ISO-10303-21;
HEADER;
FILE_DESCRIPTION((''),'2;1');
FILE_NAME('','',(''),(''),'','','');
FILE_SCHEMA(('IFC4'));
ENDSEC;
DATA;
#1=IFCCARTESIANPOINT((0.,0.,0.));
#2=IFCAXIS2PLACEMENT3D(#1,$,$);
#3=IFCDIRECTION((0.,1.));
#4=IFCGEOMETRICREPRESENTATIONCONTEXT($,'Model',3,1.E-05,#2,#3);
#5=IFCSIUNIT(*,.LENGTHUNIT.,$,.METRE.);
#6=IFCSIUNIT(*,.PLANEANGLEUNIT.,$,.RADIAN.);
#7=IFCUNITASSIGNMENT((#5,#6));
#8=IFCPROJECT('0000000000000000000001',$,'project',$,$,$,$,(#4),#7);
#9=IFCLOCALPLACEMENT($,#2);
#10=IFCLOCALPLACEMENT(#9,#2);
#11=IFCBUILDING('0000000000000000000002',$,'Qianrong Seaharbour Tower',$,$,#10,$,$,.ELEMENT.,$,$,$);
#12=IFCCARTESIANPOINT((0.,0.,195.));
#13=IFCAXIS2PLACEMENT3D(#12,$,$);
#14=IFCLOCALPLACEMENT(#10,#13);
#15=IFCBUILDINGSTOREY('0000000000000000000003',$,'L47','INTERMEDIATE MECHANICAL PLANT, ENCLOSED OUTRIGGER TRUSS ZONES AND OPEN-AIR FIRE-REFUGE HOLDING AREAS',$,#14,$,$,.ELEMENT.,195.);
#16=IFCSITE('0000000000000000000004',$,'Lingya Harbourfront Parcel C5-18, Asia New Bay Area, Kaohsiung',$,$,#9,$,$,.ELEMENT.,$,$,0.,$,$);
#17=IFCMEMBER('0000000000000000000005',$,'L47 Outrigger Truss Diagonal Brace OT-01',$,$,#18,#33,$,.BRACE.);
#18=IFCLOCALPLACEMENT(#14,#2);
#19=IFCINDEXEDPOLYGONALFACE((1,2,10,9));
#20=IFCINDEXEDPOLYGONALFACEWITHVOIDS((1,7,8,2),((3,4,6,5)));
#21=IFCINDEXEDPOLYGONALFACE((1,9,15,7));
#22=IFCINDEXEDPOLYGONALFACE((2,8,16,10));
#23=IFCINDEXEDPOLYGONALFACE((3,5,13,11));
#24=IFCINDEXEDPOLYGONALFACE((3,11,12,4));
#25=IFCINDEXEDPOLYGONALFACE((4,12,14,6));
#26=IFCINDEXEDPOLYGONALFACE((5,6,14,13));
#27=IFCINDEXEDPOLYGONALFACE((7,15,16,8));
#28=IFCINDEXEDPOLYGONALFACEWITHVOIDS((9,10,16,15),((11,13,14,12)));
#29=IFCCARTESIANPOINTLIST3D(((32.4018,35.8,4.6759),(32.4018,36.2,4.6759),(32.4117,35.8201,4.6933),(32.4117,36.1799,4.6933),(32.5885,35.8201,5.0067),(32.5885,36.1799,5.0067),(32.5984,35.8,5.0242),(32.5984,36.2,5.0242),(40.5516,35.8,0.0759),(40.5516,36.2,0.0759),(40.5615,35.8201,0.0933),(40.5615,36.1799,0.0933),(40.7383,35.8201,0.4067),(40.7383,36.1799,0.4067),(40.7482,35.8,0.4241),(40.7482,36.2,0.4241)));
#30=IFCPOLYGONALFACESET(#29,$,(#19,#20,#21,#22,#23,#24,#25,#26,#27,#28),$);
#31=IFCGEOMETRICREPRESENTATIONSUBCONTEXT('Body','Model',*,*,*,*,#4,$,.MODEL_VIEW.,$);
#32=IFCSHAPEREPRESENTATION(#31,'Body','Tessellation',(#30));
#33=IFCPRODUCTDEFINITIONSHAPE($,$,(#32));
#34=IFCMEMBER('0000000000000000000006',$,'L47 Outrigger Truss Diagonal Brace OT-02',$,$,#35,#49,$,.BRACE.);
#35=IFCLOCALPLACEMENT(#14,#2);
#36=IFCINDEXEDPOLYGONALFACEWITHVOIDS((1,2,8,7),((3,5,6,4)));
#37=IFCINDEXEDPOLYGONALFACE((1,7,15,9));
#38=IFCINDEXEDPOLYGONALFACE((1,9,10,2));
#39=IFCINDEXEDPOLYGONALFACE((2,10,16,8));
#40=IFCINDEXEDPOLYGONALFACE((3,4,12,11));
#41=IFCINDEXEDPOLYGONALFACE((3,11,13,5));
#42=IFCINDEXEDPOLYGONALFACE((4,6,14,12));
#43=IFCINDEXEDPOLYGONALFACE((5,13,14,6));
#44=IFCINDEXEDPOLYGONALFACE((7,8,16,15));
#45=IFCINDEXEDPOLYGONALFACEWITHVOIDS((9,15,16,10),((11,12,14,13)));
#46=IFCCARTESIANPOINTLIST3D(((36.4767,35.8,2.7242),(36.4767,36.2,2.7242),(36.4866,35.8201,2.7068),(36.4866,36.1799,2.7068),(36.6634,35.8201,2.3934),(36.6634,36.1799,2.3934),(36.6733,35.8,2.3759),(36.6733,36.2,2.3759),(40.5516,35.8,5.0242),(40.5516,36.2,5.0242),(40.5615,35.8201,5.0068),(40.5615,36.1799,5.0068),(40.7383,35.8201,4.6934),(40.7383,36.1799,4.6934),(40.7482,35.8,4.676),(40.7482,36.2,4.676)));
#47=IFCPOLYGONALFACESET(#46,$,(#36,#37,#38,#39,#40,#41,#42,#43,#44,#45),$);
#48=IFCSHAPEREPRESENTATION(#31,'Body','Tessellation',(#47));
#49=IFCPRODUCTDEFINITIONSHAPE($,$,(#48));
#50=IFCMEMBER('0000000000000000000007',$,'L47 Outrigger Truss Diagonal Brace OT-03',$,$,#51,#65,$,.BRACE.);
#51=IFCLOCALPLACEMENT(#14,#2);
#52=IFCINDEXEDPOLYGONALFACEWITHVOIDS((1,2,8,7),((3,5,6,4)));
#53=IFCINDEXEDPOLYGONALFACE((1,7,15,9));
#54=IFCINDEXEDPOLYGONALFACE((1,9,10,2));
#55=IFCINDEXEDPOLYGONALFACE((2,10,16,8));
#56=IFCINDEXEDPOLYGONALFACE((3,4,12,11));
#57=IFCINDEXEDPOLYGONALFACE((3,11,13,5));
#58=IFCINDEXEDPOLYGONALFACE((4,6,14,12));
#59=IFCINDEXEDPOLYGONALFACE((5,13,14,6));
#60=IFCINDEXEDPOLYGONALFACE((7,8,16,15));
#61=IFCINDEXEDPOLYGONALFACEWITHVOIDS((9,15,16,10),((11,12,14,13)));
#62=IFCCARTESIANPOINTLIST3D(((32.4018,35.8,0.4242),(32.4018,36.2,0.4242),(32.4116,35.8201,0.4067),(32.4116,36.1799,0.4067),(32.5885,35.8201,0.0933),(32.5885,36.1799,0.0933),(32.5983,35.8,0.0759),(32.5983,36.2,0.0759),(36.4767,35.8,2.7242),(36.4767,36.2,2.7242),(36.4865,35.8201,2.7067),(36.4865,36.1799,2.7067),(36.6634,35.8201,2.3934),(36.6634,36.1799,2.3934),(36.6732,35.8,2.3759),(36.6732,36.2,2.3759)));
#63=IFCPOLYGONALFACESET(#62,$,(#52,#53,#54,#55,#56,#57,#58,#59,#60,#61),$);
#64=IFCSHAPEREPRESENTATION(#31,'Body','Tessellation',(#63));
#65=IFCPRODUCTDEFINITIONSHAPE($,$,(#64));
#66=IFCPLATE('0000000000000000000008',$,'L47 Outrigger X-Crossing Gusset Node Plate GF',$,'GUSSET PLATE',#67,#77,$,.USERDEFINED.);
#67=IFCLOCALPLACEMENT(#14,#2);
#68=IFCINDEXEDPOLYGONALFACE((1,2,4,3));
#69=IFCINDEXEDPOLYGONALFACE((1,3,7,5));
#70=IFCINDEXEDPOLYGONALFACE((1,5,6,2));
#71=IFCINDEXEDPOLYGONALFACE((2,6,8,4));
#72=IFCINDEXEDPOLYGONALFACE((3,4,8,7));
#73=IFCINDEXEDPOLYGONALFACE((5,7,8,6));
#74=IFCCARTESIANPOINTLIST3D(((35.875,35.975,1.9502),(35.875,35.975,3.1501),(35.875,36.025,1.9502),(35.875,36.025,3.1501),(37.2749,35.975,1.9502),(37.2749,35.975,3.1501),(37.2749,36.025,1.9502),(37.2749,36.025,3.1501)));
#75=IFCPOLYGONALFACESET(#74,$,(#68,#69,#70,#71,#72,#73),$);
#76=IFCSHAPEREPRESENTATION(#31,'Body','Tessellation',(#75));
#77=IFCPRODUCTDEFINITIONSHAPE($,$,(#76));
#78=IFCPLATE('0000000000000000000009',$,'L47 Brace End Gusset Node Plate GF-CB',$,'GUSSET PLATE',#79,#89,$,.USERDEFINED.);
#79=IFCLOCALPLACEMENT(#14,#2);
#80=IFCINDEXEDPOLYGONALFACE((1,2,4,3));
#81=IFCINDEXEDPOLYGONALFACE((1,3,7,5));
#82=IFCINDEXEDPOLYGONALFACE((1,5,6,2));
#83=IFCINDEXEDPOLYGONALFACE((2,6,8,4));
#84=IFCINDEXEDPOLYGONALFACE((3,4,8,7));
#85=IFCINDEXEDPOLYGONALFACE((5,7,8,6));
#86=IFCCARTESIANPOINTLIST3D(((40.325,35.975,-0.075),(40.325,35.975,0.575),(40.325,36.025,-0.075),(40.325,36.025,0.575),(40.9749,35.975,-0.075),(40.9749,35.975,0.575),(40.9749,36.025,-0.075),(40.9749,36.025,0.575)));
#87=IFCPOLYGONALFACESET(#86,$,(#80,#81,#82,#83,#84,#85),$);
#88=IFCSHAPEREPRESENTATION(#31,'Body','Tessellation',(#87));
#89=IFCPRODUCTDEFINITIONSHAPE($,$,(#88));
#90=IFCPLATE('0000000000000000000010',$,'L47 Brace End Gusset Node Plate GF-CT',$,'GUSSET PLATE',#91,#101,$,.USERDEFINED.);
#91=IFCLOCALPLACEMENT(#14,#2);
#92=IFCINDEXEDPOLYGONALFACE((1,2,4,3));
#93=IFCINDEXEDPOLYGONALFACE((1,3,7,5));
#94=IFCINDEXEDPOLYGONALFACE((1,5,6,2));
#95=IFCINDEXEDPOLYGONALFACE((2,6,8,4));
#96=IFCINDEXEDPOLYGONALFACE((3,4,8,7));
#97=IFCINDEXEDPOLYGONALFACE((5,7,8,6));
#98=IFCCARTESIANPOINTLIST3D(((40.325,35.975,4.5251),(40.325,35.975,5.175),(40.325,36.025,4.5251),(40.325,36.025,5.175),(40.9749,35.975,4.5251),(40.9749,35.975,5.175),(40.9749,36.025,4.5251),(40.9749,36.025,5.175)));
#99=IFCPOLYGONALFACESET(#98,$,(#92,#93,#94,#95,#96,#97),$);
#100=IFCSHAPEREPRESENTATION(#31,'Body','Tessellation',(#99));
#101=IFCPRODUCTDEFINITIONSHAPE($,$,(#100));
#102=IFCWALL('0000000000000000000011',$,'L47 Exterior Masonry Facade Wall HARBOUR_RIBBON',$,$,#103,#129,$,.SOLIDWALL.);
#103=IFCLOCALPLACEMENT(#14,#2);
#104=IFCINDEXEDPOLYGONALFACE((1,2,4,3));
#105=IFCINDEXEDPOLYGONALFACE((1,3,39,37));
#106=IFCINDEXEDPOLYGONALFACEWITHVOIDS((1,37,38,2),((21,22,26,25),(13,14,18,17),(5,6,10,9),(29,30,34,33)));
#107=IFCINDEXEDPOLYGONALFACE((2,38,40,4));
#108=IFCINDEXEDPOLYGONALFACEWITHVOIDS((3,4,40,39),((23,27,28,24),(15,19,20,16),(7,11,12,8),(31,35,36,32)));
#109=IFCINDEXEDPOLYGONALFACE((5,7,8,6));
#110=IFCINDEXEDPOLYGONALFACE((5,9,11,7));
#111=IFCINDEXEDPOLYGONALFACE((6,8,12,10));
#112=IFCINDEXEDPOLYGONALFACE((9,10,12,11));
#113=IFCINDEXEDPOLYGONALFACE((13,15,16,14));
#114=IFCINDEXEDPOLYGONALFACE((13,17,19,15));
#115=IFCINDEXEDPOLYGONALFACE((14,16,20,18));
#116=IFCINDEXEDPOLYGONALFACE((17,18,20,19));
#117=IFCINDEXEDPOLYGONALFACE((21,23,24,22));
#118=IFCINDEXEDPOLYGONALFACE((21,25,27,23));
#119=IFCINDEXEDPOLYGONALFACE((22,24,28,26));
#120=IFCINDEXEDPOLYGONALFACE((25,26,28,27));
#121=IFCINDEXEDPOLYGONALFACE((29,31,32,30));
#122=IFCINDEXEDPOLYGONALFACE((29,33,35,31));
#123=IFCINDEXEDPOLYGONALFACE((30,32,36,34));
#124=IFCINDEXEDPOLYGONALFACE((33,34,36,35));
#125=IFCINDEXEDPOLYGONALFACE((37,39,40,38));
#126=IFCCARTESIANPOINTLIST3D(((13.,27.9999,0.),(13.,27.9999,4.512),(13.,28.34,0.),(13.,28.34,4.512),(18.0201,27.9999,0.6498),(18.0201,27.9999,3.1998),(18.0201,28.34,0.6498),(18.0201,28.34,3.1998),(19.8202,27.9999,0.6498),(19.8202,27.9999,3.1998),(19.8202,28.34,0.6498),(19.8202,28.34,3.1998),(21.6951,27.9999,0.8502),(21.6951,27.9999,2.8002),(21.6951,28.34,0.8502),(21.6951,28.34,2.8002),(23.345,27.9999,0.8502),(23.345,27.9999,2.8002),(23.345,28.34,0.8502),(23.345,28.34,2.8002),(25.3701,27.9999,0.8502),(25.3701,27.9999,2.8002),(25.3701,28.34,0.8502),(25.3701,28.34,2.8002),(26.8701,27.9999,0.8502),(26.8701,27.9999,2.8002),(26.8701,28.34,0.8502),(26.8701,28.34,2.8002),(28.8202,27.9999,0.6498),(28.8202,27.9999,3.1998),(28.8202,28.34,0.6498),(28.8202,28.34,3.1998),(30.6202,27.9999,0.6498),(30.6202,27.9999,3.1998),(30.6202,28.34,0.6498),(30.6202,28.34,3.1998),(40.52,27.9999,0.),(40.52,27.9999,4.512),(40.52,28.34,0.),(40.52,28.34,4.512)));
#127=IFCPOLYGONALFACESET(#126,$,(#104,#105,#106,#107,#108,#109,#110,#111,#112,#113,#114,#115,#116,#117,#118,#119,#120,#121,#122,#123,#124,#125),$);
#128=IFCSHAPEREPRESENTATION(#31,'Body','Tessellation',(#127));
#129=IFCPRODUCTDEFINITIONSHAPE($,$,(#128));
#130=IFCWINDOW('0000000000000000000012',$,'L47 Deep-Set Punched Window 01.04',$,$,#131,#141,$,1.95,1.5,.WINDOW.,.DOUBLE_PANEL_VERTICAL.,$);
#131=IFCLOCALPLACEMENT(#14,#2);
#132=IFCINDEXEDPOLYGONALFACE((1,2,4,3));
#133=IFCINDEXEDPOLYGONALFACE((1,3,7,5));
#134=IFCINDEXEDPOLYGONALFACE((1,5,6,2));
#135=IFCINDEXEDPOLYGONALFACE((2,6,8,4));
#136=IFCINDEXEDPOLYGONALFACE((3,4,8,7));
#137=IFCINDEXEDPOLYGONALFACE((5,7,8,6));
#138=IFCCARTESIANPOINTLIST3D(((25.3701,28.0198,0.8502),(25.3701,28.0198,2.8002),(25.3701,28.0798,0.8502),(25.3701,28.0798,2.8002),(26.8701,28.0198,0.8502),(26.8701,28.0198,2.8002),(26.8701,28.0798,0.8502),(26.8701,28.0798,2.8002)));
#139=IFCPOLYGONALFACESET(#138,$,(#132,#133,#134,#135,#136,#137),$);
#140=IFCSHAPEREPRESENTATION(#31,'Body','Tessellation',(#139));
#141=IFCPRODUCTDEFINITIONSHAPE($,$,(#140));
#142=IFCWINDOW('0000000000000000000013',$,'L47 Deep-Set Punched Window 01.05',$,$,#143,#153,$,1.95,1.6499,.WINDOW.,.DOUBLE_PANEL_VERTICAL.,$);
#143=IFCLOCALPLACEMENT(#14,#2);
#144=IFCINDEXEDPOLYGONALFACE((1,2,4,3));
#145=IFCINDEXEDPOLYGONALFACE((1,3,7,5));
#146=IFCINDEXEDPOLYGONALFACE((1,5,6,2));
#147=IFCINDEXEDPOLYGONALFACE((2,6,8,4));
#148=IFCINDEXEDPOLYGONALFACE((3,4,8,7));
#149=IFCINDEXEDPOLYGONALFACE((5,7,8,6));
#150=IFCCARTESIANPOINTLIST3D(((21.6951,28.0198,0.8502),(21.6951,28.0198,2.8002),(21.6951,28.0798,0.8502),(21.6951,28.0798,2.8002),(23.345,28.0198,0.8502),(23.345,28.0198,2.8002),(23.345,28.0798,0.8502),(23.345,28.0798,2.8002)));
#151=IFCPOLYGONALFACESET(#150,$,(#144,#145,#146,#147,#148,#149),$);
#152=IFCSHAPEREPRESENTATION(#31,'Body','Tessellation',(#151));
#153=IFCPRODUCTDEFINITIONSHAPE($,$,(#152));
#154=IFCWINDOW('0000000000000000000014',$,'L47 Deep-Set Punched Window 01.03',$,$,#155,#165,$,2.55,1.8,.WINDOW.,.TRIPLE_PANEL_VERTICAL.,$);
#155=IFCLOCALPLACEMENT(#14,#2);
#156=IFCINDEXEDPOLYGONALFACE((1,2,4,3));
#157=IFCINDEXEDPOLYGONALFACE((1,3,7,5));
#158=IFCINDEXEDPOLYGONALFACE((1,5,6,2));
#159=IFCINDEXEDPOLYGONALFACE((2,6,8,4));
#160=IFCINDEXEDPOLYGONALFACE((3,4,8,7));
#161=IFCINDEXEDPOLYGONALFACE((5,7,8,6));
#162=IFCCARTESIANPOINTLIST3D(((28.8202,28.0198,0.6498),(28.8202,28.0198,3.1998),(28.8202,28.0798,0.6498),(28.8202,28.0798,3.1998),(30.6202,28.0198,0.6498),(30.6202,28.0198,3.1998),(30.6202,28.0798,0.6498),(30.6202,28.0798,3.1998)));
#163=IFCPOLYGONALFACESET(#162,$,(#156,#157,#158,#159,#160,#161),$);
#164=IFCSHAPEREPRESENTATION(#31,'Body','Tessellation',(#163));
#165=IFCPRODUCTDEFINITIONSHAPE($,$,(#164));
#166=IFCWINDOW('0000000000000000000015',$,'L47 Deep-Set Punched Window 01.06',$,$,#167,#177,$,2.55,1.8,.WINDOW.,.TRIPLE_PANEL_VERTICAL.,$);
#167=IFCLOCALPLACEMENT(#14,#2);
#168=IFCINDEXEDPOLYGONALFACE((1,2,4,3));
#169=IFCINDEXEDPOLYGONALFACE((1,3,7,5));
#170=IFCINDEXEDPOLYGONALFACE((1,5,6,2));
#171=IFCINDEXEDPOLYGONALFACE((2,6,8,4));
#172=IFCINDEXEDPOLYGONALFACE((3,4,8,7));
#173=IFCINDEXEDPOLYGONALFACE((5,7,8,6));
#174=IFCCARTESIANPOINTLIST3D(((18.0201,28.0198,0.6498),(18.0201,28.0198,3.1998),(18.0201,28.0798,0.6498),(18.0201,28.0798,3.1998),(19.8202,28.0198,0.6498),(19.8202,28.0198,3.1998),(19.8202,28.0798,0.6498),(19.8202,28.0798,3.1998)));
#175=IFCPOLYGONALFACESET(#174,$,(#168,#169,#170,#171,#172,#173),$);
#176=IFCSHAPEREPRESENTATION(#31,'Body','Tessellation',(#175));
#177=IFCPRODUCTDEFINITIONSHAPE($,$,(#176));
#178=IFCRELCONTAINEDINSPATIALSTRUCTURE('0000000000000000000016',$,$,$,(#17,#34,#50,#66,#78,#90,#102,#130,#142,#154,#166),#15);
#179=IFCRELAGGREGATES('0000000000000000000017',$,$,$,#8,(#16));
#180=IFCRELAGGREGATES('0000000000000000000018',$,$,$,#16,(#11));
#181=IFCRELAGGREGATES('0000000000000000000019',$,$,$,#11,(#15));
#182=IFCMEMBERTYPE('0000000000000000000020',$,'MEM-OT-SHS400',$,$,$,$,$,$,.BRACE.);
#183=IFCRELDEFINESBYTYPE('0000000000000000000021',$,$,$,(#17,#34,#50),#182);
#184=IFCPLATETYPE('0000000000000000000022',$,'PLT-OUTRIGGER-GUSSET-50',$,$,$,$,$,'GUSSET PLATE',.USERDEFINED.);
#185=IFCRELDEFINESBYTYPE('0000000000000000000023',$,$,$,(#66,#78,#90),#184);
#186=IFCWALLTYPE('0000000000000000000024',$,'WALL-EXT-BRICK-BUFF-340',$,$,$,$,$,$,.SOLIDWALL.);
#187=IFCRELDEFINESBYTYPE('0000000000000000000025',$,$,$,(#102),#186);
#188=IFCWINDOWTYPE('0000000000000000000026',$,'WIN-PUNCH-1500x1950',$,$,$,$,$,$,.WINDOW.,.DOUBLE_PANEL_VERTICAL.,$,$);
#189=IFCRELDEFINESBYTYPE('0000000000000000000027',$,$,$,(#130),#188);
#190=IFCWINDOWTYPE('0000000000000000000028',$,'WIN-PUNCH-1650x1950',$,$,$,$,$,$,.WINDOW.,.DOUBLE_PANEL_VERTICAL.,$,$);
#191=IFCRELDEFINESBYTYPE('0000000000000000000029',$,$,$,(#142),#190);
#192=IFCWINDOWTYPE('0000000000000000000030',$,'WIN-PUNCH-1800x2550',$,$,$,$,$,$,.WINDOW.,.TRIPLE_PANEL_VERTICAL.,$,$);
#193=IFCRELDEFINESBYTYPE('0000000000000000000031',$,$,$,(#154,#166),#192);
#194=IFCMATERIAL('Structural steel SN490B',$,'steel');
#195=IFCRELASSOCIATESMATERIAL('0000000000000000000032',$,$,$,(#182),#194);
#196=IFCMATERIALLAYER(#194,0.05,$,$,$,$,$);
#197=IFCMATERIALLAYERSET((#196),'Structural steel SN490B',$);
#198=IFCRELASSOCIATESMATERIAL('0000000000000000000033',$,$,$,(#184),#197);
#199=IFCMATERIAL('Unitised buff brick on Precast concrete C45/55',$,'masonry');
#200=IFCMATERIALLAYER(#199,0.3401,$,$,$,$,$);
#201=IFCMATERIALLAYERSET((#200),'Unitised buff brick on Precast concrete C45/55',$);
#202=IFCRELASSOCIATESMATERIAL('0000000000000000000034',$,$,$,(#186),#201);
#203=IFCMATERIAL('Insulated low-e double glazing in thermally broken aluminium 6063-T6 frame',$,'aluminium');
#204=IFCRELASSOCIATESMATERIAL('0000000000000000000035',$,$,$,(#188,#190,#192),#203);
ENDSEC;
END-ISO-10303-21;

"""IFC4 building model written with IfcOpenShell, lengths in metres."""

from ifc_helpers import new_model, si_unit, direction, frame, frame_2d, origin, origin_2d, place, context, subcontext, project, spatial, rectangle, hollow_rectangle, extrude, material, layer, layer_set, material_profile, profile_set, type_object, element, fill, save


model = new_model("IFC4")

# Units and contexts
model_context = context("Model", 3, precision=1e-05, world=origin(), true_north=direction((0.0, 1.0)))
body_context = subcontext(model_context, "Body", "Model", "MODEL_VIEW")
ifc_project = project(units=[si_unit("LENGTHUNIT", "METRE"), si_unit("PLANEANGLEUNIT", "RADIAN")], contexts=[model_context])

# Site, building, storey
site_placement = place(None, origin())
site = spatial("IfcSite", under=ifc_project, at=site_placement, Name="Lingya Harbourfront Parcel C5-18, Asia New Bay Area, Kaohsiung", CompositionType="ELEMENT", RefElevation=0.0)
building_placement = place(site_placement, origin())
building = spatial("IfcBuilding", under=site, at=building_placement, Name="Qianrong Seaharbour Tower", CompositionType="ELEMENT")
storey_placement = place(building_placement, frame((0.0, 0.0, 195.0)))
storey = spatial("IfcBuildingStorey", under=building, at=storey_placement, Name="L47", Description="INTERMEDIATE MECHANICAL PLANT, ENCLOSED OUTRIGGER TRUSS ZONES AND OPEN-AIR FIRE-REFUGE HOLDING AREAS", CompositionType="ELEMENT", Elevation=195.0)

# Shared definitions
ifc_material_1 = material(Name="Structural steel SN490B", Category="steel")

# Members
ifc_material_profile_1 = material_profile(ifc_material_1, hollow_rectangle(XDim=0.3999, YDim=0.3999, WallThickness=0.02, at=origin_2d()), Name="SHS400x400x20")
ifc_profile_set_1 = profile_set([ifc_material_profile_1], Name="Structural steel SN490B")
member_type = type_object("IfcMemberType", Name="MEM-OT-SHS400", PredefinedType="BRACE", material=ifc_profile_set_1)
member_placement = place(storey_placement, frame((40.6499, 36.0, 0.25), z_axis=(-0.870854, 0.0, 0.491541), x_axis=(0.0, -1.0, 0.0)))
element("IfcMember", 1, at=member_placement, inside=storey, type_object=member_type, Name="L47 Outrigger Truss Diagonal Brace OT-01", PredefinedType="BRACE", context=body_context, shape_type="SweptSolid", body=[
    extrude(hollow_rectangle(XDim=0.3999, YDim=0.3999, WallThickness=0.02, at=origin_2d()), origin(), (0.0, 0.0, 1.0), 9.3584),
])
for number, where, z_axis, x_axis, name in (
    (2, (40.6499, 36.0, 4.8501), (-0.870854, 0.0, -0.491541), (0.0, -1.0, 0.0), "L47 Outrigger Truss Diagonal Brace OT-02"),
    (3, (36.575, 36.0, 2.55), (-0.870854, 0.0, -0.491541), (0.0, -1.0, 0.0), "L47 Outrigger Truss Diagonal Brace OT-03"),
):
    element("IfcMember", number, at=place(storey_placement, frame(where, z_axis=z_axis, x_axis=x_axis)), inside=storey, type_object=member_type, Name=name, PredefinedType="BRACE", context=body_context, shape_type="SweptSolid", body=[
        extrude(hollow_rectangle(XDim=0.3999, YDim=0.3999, WallThickness=0.02, at=origin_2d()), origin(), (0.0, 0.0, 1.0), 4.6792),
    ])

# Plates
ifc_layer_1 = layer(ifc_material_1, 0.05)
ifc_layer_set_1 = layer_set([ifc_layer_1], Name="Structural steel SN490B")
plate_type = type_object("IfcPlateType", Name="PLT-OUTRIGGER-GUSSET-50", ElementType="GUSSET PLATE", PredefinedType="USERDEFINED", material=ifc_layer_set_1)
plate_placement = place(storey_placement, frame((36.575, 36.0, 1.9502), z_axis=(0.0, 0.0, 1.0), x_axis=(1.0, 0.0, 0.0)))
element("IfcPlate", 4, at=plate_placement, inside=storey, type_object=plate_type, Name="L47 Outrigger X-Crossing Gusset Node Plate GF", ObjectType="GUSSET PLATE", PredefinedType="USERDEFINED", context=body_context, shape_type="SweptSolid", body=[
    extrude(rectangle(XDim=1.3999, YDim=0.05, at=origin_2d()), origin(), (0.0, 0.0, 1.0), 1.2),
])
for number, where, z_axis, x_axis, name in (
    (5, (40.6499, 36.0, -0.075), (0.0, 0.0, 1.0), (1.0, 0.0, 0.0), "L47 Brace End Gusset Node Plate GF-CB"),
    (6, (40.6499, 36.0, 4.5251), (0.0, 0.0, 1.0), (1.0, 0.0, 0.0), "L47 Brace End Gusset Node Plate GF-CT"),
):
    element("IfcPlate", number, at=place(storey_placement, frame(where, z_axis=z_axis, x_axis=x_axis)), inside=storey, type_object=plate_type, Name=name, ObjectType="GUSSET PLATE", PredefinedType="USERDEFINED", context=body_context, shape_type="SweptSolid", body=[
        extrude(rectangle(XDim=0.6499, YDim=0.05, at=origin_2d()), origin(), (0.0, 0.0, 1.0), 0.6499),
    ])

# Wall, openings, windows
ifc_material_2 = material(Name="Unitised buff brick on Precast concrete C45/55", Category="masonry")
ifc_layer_2 = layer(ifc_material_2, 0.3401)
ifc_layer_set_2 = layer_set([ifc_layer_2], Name="Unitised buff brick on Precast concrete C45/55")
wall_type_1 = type_object("IfcWallType", Name="WALL-EXT-BRICK-BUFF-340", PredefinedType="SOLIDWALL", material=ifc_layer_set_2)
wall_1_placement = place(storey_placement, frame((40.52, 28.1699, 0.0), z_axis=(0.0, 0.0, 1.0), x_axis=(-1.0, 0.0, 0.0)))
wall_1 = element("IfcWall", 7, at=wall_1_placement, inside=storey, type_object=wall_type_1, Name="L47 Exterior Masonry Facade Wall HARBOUR_RIBBON", PredefinedType="SOLIDWALL", context=body_context, shape_type="SweptSolid", body=[
    extrude(rectangle(XDim=27.52, YDim=0.3401, at=frame_2d((13.76, 0.0))), origin(), (0.0, 0.0, 1.0), 4.512),
])
opening_1_placement = place(wall_1_placement, frame((9.8999, 0.0, 0.6499)))
opening_1 = element("IfcOpeningElement", 8, at=opening_1_placement, cuts=wall_1, PredefinedType="OPENING", context=body_context, shape_type="SweptSolid", body=[
    extrude(rectangle(XDim=1.8, YDim=2.55, at=frame_2d((0.8999, 1.2749))), frame((0.0, 0.1802, 0.0), z_axis=(0.0, -1.0, 0.0), x_axis=(1.0, 0.0, 0.0)), (0.0, 0.0, 1.0), 0.3601),
])
opening_2_placement = place(wall_1_placement, frame((13.6499, 0.0, 0.8501)))
opening_2 = element("IfcOpeningElement", 9, at=opening_2_placement, cuts=wall_1, PredefinedType="OPENING", context=body_context, shape_type="SweptSolid", body=[
    extrude(rectangle(XDim=1.5, YDim=1.95, at=frame_2d((0.75, 0.9751))), frame((0.0, 0.1802, 0.0), z_axis=(0.0, -1.0, 0.0), x_axis=(1.0, 0.0, 0.0)), (0.0, 0.0, 1.0), 0.3601),
])
opening_3_placement = place(wall_1_placement, frame((17.175, 0.0, 0.8501)))
opening_3 = element("IfcOpeningElement", 10, at=opening_3_placement, cuts=wall_1, PredefinedType="OPENING", context=body_context, shape_type="SweptSolid", body=[
    extrude(rectangle(XDim=1.6499, YDim=1.95, at=frame_2d((0.825, 0.9751))), frame((0.0, 0.1802, 0.0), z_axis=(0.0, -1.0, 0.0), x_axis=(1.0, 0.0, 0.0)), (0.0, 0.0, 1.0), 0.3601),
])
opening_4_placement = place(wall_1_placement, frame((20.7, 0.0, 0.6499)))
opening_4 = element("IfcOpeningElement", 11, at=opening_4_placement, cuts=wall_1, PredefinedType="OPENING", context=body_context, shape_type="SweptSolid", body=[
    extrude(rectangle(XDim=1.8, YDim=2.55, at=frame_2d((0.8999, 1.2749))), frame((0.0, 0.1802, 0.0), z_axis=(0.0, -1.0, 0.0), x_axis=(1.0, 0.0, 0.0)), (0.0, 0.0, 1.0), 0.3601),
])
ifc_material_3 = material(Name="Insulated low-e double glazing in thermally broken aluminium 6063-T6 frame", Category="aluminium")
window_type_1 = type_object("IfcWindowType", Name="WIN-PUNCH-1500x1950", PartitioningType="DOUBLE_PANEL_VERTICAL", PredefinedType="WINDOW", material=ifc_material_3)
window_1_placement = place(opening_2_placement, origin())
window_1 = element("IfcWindow", 12, at=window_1_placement, inside=storey, type_object=window_type_1, Name="L47 Deep-Set Punched Window 01.04", OverallHeight=1.95, OverallWidth=1.5, PartitioningType="DOUBLE_PANEL_VERTICAL", PredefinedType="WINDOW", context=body_context, shape_type="SweptSolid", body=[
    extrude(rectangle(XDim=1.5, YDim=1.95, at=frame_2d((0.75, 0.9751))), frame((0.0, 0.1501, 0.0), z_axis=(0.0, -1.0, 0.0), x_axis=(1.0, 0.0, 0.0)), (0.0, 0.0, 1.0), 0.0601),
])
fill(opening_2, window_1)
window_type_2 = type_object("IfcWindowType", Name="WIN-PUNCH-1650x1950", PartitioningType="DOUBLE_PANEL_VERTICAL", PredefinedType="WINDOW", material=ifc_material_3)
window_2_placement = place(opening_3_placement, origin())
window_2 = element("IfcWindow", 13, at=window_2_placement, inside=storey, type_object=window_type_2, Name="L47 Deep-Set Punched Window 01.05", OverallHeight=1.95, OverallWidth=1.6499, PartitioningType="DOUBLE_PANEL_VERTICAL", PredefinedType="WINDOW", context=body_context, shape_type="SweptSolid", body=[
    extrude(rectangle(XDim=1.6499, YDim=1.95, at=frame_2d((0.825, 0.9751))), frame((0.0, 0.1501, 0.0), z_axis=(0.0, -1.0, 0.0), x_axis=(1.0, 0.0, 0.0)), (0.0, 0.0, 1.0), 0.0601),
])
fill(opening_3, window_2)
window_type_3 = type_object("IfcWindowType", Name="WIN-PUNCH-1800x2550", PartitioningType="TRIPLE_PANEL_VERTICAL", PredefinedType="WINDOW", material=ifc_material_3)
window_3_placement = place(opening_1_placement, origin())
window_3 = element("IfcWindow", 14, at=window_3_placement, inside=storey, type_object=window_type_3, Name="L47 Deep-Set Punched Window 01.03", OverallHeight=2.55, OverallWidth=1.8, PartitioningType="TRIPLE_PANEL_VERTICAL", PredefinedType="WINDOW", context=body_context, shape_type="SweptSolid", body=[
    extrude(rectangle(XDim=1.8, YDim=2.55, at=frame_2d((0.8999, 1.2749))), frame((0.0, 0.1501, 0.0), z_axis=(0.0, -1.0, 0.0), x_axis=(1.0, 0.0, 0.0)), (0.0, 0.0, 1.0), 0.0601),
])
fill(opening_1, window_3)
window_4_placement = place(opening_4_placement, origin())
window_4 = element("IfcWindow", 15, at=window_4_placement, inside=storey, type_object=window_type_3, Name="L47 Deep-Set Punched Window 01.06", OverallHeight=2.55, OverallWidth=1.8, PartitioningType="TRIPLE_PANEL_VERTICAL", PredefinedType="WINDOW", context=body_context, shape_type="SweptSolid", body=[
    extrude(rectangle(XDim=1.8, YDim=2.55, at=frame_2d((0.8999, 1.2749))), frame((0.0, 0.1501, 0.0), z_axis=(0.0, -1.0, 0.0), x_axis=(1.0, 0.0, 0.0)), (0.0, 0.0, 1.0), 0.0601),
])
fill(opening_4, window_4)

save(model, "model.ifc")
